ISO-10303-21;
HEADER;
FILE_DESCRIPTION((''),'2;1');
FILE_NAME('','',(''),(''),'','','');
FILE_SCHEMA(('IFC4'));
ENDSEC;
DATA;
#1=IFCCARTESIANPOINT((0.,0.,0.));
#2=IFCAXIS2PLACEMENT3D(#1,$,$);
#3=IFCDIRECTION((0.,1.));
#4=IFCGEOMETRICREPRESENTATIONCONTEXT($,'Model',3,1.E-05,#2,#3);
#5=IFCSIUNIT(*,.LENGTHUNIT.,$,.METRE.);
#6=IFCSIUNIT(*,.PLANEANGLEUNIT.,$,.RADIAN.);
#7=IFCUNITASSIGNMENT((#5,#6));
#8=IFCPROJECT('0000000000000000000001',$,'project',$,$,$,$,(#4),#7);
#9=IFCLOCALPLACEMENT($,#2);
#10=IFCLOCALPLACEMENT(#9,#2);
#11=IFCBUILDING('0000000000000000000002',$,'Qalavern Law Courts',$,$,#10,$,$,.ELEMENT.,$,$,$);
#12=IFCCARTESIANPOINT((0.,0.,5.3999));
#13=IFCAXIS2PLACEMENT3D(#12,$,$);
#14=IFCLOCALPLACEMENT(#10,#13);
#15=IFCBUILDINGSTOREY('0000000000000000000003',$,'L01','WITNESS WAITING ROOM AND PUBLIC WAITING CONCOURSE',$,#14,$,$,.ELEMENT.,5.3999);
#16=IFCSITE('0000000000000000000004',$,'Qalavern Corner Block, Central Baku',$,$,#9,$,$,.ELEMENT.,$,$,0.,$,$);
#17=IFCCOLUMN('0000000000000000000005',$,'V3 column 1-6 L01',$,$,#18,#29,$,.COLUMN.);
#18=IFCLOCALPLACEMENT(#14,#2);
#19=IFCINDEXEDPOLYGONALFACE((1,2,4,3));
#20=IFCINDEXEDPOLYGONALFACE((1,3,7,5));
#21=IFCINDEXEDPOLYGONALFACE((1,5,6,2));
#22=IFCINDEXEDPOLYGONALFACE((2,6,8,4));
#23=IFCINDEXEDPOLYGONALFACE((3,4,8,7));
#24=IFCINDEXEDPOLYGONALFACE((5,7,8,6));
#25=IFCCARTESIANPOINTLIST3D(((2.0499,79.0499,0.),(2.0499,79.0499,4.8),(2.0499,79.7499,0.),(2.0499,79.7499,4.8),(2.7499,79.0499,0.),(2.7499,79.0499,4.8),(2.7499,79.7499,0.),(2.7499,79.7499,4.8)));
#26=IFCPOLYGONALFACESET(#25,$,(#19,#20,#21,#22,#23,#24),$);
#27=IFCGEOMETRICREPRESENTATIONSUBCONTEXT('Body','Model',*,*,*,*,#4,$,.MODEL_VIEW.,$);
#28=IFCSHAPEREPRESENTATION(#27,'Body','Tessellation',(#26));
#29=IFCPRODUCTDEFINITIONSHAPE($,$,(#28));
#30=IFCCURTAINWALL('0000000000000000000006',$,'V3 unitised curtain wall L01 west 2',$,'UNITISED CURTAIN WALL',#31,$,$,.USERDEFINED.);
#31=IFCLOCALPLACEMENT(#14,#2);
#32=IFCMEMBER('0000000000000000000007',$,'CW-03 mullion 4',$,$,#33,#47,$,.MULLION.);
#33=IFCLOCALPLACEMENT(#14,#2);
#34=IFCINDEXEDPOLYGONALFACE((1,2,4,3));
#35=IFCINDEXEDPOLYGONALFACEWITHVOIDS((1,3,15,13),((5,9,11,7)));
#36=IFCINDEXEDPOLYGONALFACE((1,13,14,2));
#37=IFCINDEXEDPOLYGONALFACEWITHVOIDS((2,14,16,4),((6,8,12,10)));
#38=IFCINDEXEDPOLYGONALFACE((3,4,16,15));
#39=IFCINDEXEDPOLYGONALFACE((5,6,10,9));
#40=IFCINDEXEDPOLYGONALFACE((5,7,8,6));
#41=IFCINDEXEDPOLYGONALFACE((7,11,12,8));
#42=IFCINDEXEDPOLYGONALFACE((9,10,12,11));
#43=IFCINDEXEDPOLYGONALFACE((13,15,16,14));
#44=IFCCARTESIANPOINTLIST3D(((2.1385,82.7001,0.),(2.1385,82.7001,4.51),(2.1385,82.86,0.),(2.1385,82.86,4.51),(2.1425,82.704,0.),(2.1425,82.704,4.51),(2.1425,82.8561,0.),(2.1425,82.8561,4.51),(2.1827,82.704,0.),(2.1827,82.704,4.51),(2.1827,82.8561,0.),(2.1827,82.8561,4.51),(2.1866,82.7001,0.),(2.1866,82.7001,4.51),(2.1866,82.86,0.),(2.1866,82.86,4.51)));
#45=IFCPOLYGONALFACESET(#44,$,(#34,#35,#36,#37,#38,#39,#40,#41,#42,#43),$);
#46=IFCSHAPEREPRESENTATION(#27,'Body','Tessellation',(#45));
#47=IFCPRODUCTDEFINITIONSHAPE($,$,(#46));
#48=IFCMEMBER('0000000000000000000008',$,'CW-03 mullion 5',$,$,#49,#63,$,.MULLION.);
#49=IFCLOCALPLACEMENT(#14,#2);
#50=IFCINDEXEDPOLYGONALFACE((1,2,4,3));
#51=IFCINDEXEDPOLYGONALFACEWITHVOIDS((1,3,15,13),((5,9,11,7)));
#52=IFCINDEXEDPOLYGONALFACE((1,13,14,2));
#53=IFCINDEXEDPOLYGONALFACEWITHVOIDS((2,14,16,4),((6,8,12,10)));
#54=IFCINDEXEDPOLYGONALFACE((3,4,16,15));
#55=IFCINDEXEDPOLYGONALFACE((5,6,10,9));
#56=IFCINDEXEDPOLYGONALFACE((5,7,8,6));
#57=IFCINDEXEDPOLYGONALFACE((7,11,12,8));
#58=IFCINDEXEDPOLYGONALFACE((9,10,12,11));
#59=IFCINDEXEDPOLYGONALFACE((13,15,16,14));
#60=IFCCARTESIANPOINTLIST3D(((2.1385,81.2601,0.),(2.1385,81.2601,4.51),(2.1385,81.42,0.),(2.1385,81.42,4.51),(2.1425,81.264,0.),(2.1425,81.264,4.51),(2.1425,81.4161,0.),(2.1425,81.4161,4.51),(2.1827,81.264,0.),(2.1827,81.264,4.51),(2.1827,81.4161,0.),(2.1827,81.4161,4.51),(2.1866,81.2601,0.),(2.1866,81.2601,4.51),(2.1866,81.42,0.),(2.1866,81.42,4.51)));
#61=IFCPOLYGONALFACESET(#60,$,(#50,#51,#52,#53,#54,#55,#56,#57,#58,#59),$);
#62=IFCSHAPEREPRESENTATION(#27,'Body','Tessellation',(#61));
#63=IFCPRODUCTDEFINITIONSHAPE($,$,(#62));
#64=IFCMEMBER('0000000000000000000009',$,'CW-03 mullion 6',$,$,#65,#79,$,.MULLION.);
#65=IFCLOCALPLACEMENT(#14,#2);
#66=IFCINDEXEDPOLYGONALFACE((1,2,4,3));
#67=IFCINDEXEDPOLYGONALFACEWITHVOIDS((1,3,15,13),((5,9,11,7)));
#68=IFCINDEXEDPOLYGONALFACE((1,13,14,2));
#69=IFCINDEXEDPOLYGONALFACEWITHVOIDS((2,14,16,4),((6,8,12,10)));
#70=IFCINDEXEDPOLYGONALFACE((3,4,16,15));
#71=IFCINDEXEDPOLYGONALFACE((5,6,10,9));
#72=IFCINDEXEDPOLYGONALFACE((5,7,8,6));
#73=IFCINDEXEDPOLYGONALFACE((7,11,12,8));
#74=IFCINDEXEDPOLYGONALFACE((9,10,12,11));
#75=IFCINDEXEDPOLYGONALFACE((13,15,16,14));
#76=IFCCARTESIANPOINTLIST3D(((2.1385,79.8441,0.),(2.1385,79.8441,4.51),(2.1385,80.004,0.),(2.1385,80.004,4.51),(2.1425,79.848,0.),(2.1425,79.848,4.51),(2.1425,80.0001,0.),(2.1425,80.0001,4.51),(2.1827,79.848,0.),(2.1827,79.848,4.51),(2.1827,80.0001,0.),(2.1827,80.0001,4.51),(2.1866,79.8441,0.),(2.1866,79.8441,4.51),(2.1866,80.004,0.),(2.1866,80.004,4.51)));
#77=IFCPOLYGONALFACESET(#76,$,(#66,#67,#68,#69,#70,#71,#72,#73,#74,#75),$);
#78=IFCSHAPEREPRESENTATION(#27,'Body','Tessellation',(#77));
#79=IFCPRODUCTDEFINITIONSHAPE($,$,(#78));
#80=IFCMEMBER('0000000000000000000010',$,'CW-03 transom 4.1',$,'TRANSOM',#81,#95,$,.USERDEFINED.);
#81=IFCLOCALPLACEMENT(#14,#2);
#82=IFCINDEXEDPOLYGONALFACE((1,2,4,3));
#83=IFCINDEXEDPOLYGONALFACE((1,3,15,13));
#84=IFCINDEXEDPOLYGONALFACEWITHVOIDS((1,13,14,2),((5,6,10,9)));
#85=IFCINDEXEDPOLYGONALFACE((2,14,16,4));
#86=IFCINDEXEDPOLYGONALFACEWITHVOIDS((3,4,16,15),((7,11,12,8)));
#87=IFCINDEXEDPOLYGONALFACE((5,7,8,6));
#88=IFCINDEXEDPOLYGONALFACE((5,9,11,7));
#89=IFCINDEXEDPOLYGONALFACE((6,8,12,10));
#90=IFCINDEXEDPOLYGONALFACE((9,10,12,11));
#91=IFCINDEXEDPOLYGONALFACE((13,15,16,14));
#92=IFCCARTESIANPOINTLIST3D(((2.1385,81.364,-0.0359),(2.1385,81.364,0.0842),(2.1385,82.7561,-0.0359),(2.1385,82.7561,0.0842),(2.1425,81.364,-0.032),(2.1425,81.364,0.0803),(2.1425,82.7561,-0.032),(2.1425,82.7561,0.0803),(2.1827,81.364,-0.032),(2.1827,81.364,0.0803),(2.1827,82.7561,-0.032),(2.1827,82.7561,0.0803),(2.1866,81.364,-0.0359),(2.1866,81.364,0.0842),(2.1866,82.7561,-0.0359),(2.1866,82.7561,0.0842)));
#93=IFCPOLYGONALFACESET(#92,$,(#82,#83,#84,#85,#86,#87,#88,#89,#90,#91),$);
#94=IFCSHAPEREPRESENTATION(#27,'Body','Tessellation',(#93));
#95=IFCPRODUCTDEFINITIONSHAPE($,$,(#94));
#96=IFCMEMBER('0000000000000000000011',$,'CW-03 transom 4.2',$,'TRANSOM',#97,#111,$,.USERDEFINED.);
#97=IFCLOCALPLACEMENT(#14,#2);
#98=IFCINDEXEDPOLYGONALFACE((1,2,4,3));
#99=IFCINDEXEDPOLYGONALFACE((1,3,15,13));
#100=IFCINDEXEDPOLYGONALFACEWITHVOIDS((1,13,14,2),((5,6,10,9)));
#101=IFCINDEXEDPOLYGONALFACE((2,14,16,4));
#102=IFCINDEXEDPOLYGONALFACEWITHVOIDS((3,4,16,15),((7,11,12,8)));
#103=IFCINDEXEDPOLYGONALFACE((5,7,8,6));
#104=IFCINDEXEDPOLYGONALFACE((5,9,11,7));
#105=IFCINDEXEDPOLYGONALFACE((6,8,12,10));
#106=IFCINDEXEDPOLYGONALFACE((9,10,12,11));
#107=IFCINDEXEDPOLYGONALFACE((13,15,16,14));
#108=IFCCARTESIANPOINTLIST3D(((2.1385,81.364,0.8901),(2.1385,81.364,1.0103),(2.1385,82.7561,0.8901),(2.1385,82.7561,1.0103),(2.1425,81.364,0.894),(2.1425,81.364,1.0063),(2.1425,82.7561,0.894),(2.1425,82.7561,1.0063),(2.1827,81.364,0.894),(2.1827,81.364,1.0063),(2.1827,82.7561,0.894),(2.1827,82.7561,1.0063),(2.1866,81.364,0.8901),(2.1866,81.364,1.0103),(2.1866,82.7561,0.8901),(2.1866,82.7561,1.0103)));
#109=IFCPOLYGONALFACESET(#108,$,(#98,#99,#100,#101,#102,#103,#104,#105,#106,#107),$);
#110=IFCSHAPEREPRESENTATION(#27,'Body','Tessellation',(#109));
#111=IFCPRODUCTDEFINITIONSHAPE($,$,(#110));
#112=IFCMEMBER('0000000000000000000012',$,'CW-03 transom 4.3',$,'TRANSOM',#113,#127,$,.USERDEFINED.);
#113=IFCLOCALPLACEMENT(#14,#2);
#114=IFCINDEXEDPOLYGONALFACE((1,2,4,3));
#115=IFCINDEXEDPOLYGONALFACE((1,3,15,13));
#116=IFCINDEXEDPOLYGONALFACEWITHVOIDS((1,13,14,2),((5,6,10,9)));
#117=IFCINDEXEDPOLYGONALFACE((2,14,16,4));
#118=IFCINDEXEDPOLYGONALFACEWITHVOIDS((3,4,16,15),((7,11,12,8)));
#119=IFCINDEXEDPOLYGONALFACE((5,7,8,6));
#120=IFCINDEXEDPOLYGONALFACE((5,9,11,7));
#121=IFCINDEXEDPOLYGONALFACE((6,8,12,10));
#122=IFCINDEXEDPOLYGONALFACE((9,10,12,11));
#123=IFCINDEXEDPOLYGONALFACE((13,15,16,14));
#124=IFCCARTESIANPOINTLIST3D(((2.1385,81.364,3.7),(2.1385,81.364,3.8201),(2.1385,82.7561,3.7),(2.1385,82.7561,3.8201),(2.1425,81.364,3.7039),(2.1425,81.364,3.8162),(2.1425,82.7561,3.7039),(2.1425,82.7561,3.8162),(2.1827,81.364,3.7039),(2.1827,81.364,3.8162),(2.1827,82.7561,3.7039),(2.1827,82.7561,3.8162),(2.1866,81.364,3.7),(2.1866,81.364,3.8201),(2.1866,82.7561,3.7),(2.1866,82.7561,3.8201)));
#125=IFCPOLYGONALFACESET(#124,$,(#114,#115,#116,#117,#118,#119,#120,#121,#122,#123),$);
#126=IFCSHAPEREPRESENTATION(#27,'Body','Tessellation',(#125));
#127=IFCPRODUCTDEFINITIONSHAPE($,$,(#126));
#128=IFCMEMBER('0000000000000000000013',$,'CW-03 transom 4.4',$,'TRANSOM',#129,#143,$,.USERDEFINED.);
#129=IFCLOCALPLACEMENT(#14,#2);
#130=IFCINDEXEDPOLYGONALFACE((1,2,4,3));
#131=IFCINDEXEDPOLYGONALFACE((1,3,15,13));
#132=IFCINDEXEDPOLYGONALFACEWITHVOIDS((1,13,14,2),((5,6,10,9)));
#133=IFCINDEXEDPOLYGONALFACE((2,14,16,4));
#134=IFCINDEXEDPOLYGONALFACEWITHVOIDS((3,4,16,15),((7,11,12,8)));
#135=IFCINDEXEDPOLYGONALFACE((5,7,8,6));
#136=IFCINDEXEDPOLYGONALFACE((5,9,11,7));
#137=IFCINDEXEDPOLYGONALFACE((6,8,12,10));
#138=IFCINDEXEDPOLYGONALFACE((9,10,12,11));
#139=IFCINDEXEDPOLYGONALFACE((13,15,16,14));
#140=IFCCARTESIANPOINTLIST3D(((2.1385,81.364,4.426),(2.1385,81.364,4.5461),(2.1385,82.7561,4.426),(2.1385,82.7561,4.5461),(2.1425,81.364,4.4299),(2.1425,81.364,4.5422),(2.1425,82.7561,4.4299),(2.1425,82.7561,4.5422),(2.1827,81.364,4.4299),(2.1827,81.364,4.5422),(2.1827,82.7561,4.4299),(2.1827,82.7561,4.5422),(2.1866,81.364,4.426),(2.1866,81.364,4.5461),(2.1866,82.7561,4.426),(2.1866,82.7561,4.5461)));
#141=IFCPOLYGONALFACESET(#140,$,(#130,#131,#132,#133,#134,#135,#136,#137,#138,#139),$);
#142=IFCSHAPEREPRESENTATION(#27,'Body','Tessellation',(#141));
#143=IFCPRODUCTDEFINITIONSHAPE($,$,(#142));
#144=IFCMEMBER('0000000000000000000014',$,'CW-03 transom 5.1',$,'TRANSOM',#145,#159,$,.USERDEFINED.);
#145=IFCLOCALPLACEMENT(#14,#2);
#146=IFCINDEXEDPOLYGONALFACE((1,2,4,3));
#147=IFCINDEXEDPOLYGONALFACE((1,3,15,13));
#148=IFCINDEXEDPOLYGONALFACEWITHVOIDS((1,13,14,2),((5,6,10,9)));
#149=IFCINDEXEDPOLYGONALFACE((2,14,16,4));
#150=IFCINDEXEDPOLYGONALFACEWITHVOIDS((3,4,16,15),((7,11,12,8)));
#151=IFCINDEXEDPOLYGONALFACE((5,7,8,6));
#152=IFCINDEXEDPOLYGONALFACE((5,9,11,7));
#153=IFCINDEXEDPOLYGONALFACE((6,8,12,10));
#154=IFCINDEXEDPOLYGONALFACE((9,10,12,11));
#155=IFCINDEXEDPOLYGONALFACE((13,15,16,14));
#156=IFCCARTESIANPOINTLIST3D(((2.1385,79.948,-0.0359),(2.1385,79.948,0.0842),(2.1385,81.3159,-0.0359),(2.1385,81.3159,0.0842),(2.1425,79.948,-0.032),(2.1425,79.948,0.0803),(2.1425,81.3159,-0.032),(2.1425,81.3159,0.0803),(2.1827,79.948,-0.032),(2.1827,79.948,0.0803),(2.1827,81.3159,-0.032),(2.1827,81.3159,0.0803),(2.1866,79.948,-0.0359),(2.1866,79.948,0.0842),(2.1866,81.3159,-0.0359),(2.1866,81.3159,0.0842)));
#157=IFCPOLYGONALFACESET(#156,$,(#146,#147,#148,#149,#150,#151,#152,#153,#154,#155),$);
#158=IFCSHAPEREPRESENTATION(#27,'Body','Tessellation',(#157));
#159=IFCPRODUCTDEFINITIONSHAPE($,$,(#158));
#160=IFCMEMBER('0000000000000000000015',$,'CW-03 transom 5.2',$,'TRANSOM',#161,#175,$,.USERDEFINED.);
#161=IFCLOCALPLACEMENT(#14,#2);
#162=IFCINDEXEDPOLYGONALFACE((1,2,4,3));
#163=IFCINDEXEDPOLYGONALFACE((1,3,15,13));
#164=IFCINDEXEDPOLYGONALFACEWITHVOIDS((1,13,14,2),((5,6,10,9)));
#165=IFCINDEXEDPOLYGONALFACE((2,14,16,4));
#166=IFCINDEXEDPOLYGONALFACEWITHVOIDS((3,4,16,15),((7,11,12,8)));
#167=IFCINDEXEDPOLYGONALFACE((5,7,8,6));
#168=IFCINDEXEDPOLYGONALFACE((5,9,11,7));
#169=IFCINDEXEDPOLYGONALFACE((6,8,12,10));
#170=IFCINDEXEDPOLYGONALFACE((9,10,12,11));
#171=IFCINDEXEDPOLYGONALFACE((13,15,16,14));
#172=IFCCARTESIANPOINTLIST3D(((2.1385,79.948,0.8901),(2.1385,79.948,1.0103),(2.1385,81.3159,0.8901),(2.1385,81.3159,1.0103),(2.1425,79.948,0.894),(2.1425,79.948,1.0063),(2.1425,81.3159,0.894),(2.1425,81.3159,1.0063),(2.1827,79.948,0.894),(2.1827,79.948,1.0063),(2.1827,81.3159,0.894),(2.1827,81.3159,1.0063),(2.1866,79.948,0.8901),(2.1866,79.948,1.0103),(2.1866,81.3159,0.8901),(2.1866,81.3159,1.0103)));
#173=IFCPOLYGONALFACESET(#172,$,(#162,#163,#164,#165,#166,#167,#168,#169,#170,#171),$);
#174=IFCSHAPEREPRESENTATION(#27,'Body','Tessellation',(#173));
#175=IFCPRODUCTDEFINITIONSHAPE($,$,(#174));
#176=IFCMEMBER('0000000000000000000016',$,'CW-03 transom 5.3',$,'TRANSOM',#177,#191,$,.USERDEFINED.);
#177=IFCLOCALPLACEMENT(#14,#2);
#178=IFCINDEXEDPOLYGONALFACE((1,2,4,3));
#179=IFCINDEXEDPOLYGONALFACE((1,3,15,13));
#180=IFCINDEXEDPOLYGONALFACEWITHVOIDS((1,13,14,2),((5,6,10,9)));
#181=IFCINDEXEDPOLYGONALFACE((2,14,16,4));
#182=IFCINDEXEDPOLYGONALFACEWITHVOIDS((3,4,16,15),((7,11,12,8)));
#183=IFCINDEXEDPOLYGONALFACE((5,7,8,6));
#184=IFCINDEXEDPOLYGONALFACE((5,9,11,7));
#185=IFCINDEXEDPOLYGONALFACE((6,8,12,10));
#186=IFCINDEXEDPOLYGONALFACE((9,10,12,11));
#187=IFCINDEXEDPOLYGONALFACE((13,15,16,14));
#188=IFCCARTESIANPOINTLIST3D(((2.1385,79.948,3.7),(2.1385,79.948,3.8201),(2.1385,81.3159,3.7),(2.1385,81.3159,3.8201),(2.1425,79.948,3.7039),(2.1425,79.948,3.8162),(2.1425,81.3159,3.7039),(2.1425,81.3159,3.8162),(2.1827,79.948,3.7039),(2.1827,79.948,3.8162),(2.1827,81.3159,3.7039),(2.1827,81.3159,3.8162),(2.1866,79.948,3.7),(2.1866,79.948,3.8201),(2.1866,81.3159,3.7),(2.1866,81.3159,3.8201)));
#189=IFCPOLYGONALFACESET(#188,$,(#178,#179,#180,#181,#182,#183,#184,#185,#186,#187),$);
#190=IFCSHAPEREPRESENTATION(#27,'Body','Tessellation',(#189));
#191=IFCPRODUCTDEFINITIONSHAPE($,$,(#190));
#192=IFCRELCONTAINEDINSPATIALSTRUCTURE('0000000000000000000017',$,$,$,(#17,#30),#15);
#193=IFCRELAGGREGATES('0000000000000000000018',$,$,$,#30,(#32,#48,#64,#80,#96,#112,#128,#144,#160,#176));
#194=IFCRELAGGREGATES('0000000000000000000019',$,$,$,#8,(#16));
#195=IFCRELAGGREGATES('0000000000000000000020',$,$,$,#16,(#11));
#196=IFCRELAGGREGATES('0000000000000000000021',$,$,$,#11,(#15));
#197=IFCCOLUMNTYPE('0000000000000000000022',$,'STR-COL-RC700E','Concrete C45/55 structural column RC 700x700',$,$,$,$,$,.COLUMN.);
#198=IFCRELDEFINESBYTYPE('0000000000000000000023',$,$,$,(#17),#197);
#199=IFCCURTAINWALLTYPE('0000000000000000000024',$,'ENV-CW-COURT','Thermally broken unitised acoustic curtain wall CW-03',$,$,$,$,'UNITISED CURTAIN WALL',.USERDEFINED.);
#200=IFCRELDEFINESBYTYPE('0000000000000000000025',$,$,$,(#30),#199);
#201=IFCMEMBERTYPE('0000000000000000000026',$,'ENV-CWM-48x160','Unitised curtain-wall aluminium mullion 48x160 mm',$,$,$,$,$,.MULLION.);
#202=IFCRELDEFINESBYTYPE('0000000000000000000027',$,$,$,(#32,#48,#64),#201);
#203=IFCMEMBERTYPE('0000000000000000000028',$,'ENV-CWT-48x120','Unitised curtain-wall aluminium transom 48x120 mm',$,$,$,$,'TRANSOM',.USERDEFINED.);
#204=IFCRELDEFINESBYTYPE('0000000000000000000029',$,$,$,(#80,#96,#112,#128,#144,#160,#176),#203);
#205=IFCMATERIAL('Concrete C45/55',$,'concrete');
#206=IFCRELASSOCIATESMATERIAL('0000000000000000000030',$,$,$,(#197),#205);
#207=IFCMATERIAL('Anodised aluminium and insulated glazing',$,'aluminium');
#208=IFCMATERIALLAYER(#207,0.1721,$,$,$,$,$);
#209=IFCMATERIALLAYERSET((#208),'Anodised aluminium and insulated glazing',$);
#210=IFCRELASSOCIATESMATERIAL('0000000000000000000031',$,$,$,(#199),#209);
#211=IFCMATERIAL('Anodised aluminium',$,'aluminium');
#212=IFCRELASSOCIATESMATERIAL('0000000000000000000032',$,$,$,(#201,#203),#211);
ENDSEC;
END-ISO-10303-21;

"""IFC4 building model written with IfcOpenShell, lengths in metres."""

from ifc_helpers import new_model, si_unit, direction, frame, origin, origin_2d, place, context, subcontext, project, spatial, rectangle, hollow_rectangle, extrude, material, layer, layer_set, material_profile, profile_set, type_object, element, aggregate, save


model = new_model("IFC4")

# Units and contexts
model_context = context("Model", 3, precision=1e-05, world=origin(), true_north=direction((0.0, 1.0)))
body_context = subcontext(model_context, "Body", "Model", "MODEL_VIEW")
ifc_project = project(units=[si_unit("LENGTHUNIT", "METRE"), si_unit("PLANEANGLEUNIT", "RADIAN")], contexts=[model_context])

# Site, building, storey
site_placement = place(None, origin())
site = spatial("IfcSite", under=ifc_project, at=site_placement, Name="Qalavern Corner Block, Central Baku", CompositionType="ELEMENT", RefElevation=0.0)
building_placement = place(site_placement, origin())
building = spatial("IfcBuilding", under=site, at=building_placement, Name="Qalavern Law Courts", CompositionType="ELEMENT")
storey_placement = place(building_placement, frame((0.0, 0.0, 5.3999)))
storey = spatial("IfcBuildingStorey", under=building, at=storey_placement, Name="L01", Description="WITNESS WAITING ROOM AND PUBLIC WAITING CONCOURSE", CompositionType="ELEMENT", Elevation=5.3999)

# Column
ifc_material_1 = material(Name="Concrete C45/55", Category="concrete")
ifc_material_profile_1 = material_profile(ifc_material_1, rectangle(XDim=0.7, YDim=0.7, at=origin_2d()), Name="RC 700x700")
ifc_profile_set_1 = profile_set([ifc_material_profile_1], Name="Concrete C45/55")
column_type = type_object("IfcColumnType", Name="STR-COL-RC700E", Description="Concrete C45/55 structural column RC 700x700", PredefinedType="COLUMN", material=ifc_profile_set_1)
column_placement = place(storey_placement, frame((2.3999, 79.3999, 0.0), z_axis=(0.0, 0.0, 1.0), x_axis=(1.0, 0.0, 0.0)))
element("IfcColumn", 1, at=column_placement, inside=storey, type_object=column_type, Name="V3 column 1-6 L01", PredefinedType="COLUMN", context=body_context, shape_type="SweptSolid", body=[
    extrude(rectangle(XDim=0.7, YDim=0.7, at=origin_2d()), origin(), (0.0, 0.0, 1.0), 4.8),
])

# Curtain wall, members
ifc_material_2 = material(Name="Anodised aluminium and insulated glazing", Category="aluminium")
ifc_layer_1 = layer(ifc_material_2, 0.1721)
ifc_layer_set_1 = layer_set([ifc_layer_1], Name="Anodised aluminium and insulated glazing")
curtain_wall_type = type_object("IfcCurtainWallType", Name="ENV-CW-COURT", Description="Thermally broken unitised acoustic curtain wall CW-03", ElementType="UNITISED CURTAIN WALL", PredefinedType="USERDEFINED", material=ifc_layer_set_1)
curtain_wall_placement = place(storey_placement, origin())
curtain_wall = element("IfcCurtainWall", 2, at=curtain_wall_placement, inside=storey, type_object=curtain_wall_type, Name="V3 unitised curtain wall L01 west 2", ObjectType="UNITISED CURTAIN WALL", PredefinedType="USERDEFINED")
ifc_material_3 = material(Name="Anodised aluminium", Category="aluminium")
ifc_material_profile_2 = material_profile(ifc_material_3, hollow_rectangle(XDim=0.0481, YDim=0.1599, WallThickness=0.0039, at=origin_2d()), Name="ALU MULLION 48x160")
ifc_profile_set_2 = profile_set([ifc_material_profile_2], Name="Anodised aluminium")
member_type_1 = type_object("IfcMemberType", Name="ENV-CWM-48x160", Description="Unitised curtain-wall aluminium mullion 48x160 mm", PredefinedType="MULLION", material=ifc_profile_set_2)
member_1_placement = place(storey_placement, frame((2.1626, 82.78, 0.0), z_axis=(0.0, 0.0, 1.0), x_axis=(1.0, 0.0, 0.0)))
member_1 = element("IfcMember", 3, at=member_1_placement, type_object=member_type_1, Name="CW-03 mullion 4", PredefinedType="MULLION", context=body_context, shape_type="SweptSolid", body=[
    extrude(hollow_rectangle(XDim=0.0481, YDim=0.1599, WallThickness=0.0039, at=origin_2d()), origin(), (0.0, 0.0, 1.0), 4.51),
])
member_2_placement = place(storey_placement, frame((2.1626, 81.3401, 0.0), z_axis=(0.0, 0.0, 1.0), x_axis=(1.0, 0.0, 0.0)))
member_2 = element("IfcMember", 4, at=member_2_placement, type_object=member_type_1, Name="CW-03 mullion 5", PredefinedType="MULLION", context=body_context, shape_type="SweptSolid", body=[
    extrude(hollow_rectangle(XDim=0.0481, YDim=0.1599, WallThickness=0.0039, at=origin_2d()), origin(), (0.0, 0.0, 1.0), 4.51),
])
member_3_placement = place(storey_placement, frame((2.1626, 79.9241, 0.0), z_axis=(0.0, 0.0, 1.0), x_axis=(1.0, 0.0, 0.0)))
member_3 = element("IfcMember", 5, at=member_3_placement, type_object=member_type_1, Name="CW-03 mullion 6", PredefinedType="MULLION", context=body_context, shape_type="SweptSolid", body=[
    extrude(hollow_rectangle(XDim=0.0481, YDim=0.1599, WallThickness=0.0039, at=origin_2d()), origin(), (0.0, 0.0, 1.0), 4.51),
])
ifc_material_profile_3 = material_profile(ifc_material_3, hollow_rectangle(XDim=0.0481, YDim=0.1201, WallThickness=0.0039, at=origin_2d()), Name="ALU TRANSOM 48x120")
ifc_profile_set_3 = profile_set([ifc_material_profile_3], Name="Anodised aluminium")
member_type_2 = type_object("IfcMemberType", Name="ENV-CWT-48x120", Description="Unitised curtain-wall aluminium transom 48x120 mm", ElementType="TRANSOM", PredefinedType="USERDEFINED", material=ifc_profile_set_3)
member_4_placement = place(storey_placement, frame((2.1626, 82.7561, 0.0242), z_axis=(0.0, -1.0, 0.0), x_axis=(1.0, 0.0, 0.0)))
member_4 = element("IfcMember", 6, at=member_4_placement, type_object=member_type_2, Name="CW-03 transom 4.1", ObjectType="TRANSOM", PredefinedType="USERDEFINED", context=body_context, shape_type="SweptSolid", body=[
    extrude(hollow_rectangle(XDim=0.0481, YDim=0.1201, WallThickness=0.0039, at=origin_2d()), origin(), (0.0, 0.0, 1.0), 1.3921),
])
member_5_placement = place(storey_placement, frame((2.1626, 82.7561, 0.9502), z_axis=(0.0, -1.0, 0.0), x_axis=(1.0, 0.0, 0.0)))
member_5 = element("IfcMember", 7, at=member_5_placement, type_object=member_type_2, Name="CW-03 transom 4.2", ObjectType="TRANSOM", PredefinedType="USERDEFINED", context=body_context, shape_type="SweptSolid", body=[
    extrude(hollow_rectangle(XDim=0.0481, YDim=0.1201, WallThickness=0.0039, at=origin_2d()), origin(), (0.0, 0.0, 1.0), 1.3921),
])
member_6_placement = place(storey_placement, frame((2.1626, 82.7561, 3.76), z_axis=(0.0, -1.0, 0.0), x_axis=(1.0, 0.0, 0.0)))
member_6 = element("IfcMember", 8, at=member_6_placement, type_object=member_type_2, Name="CW-03 transom 4.3", ObjectType="TRANSOM", PredefinedType="USERDEFINED", context=body_context, shape_type="SweptSolid", body=[
    extrude(hollow_rectangle(XDim=0.0481, YDim=0.1201, WallThickness=0.0039, at=origin_2d()), origin(), (0.0, 0.0, 1.0), 1.3921),
])
member_7_placement = place(storey_placement, frame((2.1626, 82.7561, 4.4861), z_axis=(0.0, -1.0, 0.0), x_axis=(1.0, 0.0, 0.0)))
member_7 = element("IfcMember", 9, at=member_7_placement, type_object=member_type_2, Name="CW-03 transom 4.4", ObjectType="TRANSOM", PredefinedType="USERDEFINED", context=body_context, shape_type="SweptSolid", body=[
    extrude(hollow_rectangle(XDim=0.0481, YDim=0.1201, WallThickness=0.0039, at=origin_2d()), origin(), (0.0, 0.0, 1.0), 1.3921),
])
member_8_placement = place(storey_placement, frame((2.1626, 81.3159, 0.0242), z_axis=(0.0, -1.0, 0.0), x_axis=(1.0, 0.0, 0.0)))
member_8 = element("IfcMember", 10, at=member_8_placement, type_object=member_type_2, Name="CW-03 transom 5.1", ObjectType="TRANSOM", PredefinedType="USERDEFINED", context=body_context, shape_type="SweptSolid", body=[
    extrude(hollow_rectangle(XDim=0.0481, YDim=0.1201, WallThickness=0.0039, at=origin_2d()), origin(), (0.0, 0.0, 1.0), 1.3679),
])
member_9_placement = place(storey_placement, frame((2.1626, 81.3159, 0.9502), z_axis=(0.0, -1.0, 0.0), x_axis=(1.0, 0.0, 0.0)))
member_9 = element("IfcMember", 11, at=member_9_placement, type_object=member_type_2, Name="CW-03 transom 5.2", ObjectType="TRANSOM", PredefinedType="USERDEFINED", context=body_context, shape_type="SweptSolid", body=[
    extrude(hollow_rectangle(XDim=0.0481, YDim=0.1201, WallThickness=0.0039, at=origin_2d()), origin(), (0.0, 0.0, 1.0), 1.3679),
])
member_10_placement = place(storey_placement, frame((2.1626, 81.3159, 3.76), z_axis=(0.0, -1.0, 0.0), x_axis=(1.0, 0.0, 0.0)))
member_10 = element("IfcMember", 12, at=member_10_placement, type_object=member_type_2, Name="CW-03 transom 5.3", ObjectType="TRANSOM", PredefinedType="USERDEFINED", context=body_context, shape_type="SweptSolid", body=[
    extrude(hollow_rectangle(XDim=0.0481, YDim=0.1201, WallThickness=0.0039, at=origin_2d()), origin(), (0.0, 0.0, 1.0), 1.3679),
])

aggregate(curtain_wall, [member_1, member_2, member_3, member_4, member_5, member_6, member_7, member_8, member_9, member_10])

save(model, "model.ifc")
